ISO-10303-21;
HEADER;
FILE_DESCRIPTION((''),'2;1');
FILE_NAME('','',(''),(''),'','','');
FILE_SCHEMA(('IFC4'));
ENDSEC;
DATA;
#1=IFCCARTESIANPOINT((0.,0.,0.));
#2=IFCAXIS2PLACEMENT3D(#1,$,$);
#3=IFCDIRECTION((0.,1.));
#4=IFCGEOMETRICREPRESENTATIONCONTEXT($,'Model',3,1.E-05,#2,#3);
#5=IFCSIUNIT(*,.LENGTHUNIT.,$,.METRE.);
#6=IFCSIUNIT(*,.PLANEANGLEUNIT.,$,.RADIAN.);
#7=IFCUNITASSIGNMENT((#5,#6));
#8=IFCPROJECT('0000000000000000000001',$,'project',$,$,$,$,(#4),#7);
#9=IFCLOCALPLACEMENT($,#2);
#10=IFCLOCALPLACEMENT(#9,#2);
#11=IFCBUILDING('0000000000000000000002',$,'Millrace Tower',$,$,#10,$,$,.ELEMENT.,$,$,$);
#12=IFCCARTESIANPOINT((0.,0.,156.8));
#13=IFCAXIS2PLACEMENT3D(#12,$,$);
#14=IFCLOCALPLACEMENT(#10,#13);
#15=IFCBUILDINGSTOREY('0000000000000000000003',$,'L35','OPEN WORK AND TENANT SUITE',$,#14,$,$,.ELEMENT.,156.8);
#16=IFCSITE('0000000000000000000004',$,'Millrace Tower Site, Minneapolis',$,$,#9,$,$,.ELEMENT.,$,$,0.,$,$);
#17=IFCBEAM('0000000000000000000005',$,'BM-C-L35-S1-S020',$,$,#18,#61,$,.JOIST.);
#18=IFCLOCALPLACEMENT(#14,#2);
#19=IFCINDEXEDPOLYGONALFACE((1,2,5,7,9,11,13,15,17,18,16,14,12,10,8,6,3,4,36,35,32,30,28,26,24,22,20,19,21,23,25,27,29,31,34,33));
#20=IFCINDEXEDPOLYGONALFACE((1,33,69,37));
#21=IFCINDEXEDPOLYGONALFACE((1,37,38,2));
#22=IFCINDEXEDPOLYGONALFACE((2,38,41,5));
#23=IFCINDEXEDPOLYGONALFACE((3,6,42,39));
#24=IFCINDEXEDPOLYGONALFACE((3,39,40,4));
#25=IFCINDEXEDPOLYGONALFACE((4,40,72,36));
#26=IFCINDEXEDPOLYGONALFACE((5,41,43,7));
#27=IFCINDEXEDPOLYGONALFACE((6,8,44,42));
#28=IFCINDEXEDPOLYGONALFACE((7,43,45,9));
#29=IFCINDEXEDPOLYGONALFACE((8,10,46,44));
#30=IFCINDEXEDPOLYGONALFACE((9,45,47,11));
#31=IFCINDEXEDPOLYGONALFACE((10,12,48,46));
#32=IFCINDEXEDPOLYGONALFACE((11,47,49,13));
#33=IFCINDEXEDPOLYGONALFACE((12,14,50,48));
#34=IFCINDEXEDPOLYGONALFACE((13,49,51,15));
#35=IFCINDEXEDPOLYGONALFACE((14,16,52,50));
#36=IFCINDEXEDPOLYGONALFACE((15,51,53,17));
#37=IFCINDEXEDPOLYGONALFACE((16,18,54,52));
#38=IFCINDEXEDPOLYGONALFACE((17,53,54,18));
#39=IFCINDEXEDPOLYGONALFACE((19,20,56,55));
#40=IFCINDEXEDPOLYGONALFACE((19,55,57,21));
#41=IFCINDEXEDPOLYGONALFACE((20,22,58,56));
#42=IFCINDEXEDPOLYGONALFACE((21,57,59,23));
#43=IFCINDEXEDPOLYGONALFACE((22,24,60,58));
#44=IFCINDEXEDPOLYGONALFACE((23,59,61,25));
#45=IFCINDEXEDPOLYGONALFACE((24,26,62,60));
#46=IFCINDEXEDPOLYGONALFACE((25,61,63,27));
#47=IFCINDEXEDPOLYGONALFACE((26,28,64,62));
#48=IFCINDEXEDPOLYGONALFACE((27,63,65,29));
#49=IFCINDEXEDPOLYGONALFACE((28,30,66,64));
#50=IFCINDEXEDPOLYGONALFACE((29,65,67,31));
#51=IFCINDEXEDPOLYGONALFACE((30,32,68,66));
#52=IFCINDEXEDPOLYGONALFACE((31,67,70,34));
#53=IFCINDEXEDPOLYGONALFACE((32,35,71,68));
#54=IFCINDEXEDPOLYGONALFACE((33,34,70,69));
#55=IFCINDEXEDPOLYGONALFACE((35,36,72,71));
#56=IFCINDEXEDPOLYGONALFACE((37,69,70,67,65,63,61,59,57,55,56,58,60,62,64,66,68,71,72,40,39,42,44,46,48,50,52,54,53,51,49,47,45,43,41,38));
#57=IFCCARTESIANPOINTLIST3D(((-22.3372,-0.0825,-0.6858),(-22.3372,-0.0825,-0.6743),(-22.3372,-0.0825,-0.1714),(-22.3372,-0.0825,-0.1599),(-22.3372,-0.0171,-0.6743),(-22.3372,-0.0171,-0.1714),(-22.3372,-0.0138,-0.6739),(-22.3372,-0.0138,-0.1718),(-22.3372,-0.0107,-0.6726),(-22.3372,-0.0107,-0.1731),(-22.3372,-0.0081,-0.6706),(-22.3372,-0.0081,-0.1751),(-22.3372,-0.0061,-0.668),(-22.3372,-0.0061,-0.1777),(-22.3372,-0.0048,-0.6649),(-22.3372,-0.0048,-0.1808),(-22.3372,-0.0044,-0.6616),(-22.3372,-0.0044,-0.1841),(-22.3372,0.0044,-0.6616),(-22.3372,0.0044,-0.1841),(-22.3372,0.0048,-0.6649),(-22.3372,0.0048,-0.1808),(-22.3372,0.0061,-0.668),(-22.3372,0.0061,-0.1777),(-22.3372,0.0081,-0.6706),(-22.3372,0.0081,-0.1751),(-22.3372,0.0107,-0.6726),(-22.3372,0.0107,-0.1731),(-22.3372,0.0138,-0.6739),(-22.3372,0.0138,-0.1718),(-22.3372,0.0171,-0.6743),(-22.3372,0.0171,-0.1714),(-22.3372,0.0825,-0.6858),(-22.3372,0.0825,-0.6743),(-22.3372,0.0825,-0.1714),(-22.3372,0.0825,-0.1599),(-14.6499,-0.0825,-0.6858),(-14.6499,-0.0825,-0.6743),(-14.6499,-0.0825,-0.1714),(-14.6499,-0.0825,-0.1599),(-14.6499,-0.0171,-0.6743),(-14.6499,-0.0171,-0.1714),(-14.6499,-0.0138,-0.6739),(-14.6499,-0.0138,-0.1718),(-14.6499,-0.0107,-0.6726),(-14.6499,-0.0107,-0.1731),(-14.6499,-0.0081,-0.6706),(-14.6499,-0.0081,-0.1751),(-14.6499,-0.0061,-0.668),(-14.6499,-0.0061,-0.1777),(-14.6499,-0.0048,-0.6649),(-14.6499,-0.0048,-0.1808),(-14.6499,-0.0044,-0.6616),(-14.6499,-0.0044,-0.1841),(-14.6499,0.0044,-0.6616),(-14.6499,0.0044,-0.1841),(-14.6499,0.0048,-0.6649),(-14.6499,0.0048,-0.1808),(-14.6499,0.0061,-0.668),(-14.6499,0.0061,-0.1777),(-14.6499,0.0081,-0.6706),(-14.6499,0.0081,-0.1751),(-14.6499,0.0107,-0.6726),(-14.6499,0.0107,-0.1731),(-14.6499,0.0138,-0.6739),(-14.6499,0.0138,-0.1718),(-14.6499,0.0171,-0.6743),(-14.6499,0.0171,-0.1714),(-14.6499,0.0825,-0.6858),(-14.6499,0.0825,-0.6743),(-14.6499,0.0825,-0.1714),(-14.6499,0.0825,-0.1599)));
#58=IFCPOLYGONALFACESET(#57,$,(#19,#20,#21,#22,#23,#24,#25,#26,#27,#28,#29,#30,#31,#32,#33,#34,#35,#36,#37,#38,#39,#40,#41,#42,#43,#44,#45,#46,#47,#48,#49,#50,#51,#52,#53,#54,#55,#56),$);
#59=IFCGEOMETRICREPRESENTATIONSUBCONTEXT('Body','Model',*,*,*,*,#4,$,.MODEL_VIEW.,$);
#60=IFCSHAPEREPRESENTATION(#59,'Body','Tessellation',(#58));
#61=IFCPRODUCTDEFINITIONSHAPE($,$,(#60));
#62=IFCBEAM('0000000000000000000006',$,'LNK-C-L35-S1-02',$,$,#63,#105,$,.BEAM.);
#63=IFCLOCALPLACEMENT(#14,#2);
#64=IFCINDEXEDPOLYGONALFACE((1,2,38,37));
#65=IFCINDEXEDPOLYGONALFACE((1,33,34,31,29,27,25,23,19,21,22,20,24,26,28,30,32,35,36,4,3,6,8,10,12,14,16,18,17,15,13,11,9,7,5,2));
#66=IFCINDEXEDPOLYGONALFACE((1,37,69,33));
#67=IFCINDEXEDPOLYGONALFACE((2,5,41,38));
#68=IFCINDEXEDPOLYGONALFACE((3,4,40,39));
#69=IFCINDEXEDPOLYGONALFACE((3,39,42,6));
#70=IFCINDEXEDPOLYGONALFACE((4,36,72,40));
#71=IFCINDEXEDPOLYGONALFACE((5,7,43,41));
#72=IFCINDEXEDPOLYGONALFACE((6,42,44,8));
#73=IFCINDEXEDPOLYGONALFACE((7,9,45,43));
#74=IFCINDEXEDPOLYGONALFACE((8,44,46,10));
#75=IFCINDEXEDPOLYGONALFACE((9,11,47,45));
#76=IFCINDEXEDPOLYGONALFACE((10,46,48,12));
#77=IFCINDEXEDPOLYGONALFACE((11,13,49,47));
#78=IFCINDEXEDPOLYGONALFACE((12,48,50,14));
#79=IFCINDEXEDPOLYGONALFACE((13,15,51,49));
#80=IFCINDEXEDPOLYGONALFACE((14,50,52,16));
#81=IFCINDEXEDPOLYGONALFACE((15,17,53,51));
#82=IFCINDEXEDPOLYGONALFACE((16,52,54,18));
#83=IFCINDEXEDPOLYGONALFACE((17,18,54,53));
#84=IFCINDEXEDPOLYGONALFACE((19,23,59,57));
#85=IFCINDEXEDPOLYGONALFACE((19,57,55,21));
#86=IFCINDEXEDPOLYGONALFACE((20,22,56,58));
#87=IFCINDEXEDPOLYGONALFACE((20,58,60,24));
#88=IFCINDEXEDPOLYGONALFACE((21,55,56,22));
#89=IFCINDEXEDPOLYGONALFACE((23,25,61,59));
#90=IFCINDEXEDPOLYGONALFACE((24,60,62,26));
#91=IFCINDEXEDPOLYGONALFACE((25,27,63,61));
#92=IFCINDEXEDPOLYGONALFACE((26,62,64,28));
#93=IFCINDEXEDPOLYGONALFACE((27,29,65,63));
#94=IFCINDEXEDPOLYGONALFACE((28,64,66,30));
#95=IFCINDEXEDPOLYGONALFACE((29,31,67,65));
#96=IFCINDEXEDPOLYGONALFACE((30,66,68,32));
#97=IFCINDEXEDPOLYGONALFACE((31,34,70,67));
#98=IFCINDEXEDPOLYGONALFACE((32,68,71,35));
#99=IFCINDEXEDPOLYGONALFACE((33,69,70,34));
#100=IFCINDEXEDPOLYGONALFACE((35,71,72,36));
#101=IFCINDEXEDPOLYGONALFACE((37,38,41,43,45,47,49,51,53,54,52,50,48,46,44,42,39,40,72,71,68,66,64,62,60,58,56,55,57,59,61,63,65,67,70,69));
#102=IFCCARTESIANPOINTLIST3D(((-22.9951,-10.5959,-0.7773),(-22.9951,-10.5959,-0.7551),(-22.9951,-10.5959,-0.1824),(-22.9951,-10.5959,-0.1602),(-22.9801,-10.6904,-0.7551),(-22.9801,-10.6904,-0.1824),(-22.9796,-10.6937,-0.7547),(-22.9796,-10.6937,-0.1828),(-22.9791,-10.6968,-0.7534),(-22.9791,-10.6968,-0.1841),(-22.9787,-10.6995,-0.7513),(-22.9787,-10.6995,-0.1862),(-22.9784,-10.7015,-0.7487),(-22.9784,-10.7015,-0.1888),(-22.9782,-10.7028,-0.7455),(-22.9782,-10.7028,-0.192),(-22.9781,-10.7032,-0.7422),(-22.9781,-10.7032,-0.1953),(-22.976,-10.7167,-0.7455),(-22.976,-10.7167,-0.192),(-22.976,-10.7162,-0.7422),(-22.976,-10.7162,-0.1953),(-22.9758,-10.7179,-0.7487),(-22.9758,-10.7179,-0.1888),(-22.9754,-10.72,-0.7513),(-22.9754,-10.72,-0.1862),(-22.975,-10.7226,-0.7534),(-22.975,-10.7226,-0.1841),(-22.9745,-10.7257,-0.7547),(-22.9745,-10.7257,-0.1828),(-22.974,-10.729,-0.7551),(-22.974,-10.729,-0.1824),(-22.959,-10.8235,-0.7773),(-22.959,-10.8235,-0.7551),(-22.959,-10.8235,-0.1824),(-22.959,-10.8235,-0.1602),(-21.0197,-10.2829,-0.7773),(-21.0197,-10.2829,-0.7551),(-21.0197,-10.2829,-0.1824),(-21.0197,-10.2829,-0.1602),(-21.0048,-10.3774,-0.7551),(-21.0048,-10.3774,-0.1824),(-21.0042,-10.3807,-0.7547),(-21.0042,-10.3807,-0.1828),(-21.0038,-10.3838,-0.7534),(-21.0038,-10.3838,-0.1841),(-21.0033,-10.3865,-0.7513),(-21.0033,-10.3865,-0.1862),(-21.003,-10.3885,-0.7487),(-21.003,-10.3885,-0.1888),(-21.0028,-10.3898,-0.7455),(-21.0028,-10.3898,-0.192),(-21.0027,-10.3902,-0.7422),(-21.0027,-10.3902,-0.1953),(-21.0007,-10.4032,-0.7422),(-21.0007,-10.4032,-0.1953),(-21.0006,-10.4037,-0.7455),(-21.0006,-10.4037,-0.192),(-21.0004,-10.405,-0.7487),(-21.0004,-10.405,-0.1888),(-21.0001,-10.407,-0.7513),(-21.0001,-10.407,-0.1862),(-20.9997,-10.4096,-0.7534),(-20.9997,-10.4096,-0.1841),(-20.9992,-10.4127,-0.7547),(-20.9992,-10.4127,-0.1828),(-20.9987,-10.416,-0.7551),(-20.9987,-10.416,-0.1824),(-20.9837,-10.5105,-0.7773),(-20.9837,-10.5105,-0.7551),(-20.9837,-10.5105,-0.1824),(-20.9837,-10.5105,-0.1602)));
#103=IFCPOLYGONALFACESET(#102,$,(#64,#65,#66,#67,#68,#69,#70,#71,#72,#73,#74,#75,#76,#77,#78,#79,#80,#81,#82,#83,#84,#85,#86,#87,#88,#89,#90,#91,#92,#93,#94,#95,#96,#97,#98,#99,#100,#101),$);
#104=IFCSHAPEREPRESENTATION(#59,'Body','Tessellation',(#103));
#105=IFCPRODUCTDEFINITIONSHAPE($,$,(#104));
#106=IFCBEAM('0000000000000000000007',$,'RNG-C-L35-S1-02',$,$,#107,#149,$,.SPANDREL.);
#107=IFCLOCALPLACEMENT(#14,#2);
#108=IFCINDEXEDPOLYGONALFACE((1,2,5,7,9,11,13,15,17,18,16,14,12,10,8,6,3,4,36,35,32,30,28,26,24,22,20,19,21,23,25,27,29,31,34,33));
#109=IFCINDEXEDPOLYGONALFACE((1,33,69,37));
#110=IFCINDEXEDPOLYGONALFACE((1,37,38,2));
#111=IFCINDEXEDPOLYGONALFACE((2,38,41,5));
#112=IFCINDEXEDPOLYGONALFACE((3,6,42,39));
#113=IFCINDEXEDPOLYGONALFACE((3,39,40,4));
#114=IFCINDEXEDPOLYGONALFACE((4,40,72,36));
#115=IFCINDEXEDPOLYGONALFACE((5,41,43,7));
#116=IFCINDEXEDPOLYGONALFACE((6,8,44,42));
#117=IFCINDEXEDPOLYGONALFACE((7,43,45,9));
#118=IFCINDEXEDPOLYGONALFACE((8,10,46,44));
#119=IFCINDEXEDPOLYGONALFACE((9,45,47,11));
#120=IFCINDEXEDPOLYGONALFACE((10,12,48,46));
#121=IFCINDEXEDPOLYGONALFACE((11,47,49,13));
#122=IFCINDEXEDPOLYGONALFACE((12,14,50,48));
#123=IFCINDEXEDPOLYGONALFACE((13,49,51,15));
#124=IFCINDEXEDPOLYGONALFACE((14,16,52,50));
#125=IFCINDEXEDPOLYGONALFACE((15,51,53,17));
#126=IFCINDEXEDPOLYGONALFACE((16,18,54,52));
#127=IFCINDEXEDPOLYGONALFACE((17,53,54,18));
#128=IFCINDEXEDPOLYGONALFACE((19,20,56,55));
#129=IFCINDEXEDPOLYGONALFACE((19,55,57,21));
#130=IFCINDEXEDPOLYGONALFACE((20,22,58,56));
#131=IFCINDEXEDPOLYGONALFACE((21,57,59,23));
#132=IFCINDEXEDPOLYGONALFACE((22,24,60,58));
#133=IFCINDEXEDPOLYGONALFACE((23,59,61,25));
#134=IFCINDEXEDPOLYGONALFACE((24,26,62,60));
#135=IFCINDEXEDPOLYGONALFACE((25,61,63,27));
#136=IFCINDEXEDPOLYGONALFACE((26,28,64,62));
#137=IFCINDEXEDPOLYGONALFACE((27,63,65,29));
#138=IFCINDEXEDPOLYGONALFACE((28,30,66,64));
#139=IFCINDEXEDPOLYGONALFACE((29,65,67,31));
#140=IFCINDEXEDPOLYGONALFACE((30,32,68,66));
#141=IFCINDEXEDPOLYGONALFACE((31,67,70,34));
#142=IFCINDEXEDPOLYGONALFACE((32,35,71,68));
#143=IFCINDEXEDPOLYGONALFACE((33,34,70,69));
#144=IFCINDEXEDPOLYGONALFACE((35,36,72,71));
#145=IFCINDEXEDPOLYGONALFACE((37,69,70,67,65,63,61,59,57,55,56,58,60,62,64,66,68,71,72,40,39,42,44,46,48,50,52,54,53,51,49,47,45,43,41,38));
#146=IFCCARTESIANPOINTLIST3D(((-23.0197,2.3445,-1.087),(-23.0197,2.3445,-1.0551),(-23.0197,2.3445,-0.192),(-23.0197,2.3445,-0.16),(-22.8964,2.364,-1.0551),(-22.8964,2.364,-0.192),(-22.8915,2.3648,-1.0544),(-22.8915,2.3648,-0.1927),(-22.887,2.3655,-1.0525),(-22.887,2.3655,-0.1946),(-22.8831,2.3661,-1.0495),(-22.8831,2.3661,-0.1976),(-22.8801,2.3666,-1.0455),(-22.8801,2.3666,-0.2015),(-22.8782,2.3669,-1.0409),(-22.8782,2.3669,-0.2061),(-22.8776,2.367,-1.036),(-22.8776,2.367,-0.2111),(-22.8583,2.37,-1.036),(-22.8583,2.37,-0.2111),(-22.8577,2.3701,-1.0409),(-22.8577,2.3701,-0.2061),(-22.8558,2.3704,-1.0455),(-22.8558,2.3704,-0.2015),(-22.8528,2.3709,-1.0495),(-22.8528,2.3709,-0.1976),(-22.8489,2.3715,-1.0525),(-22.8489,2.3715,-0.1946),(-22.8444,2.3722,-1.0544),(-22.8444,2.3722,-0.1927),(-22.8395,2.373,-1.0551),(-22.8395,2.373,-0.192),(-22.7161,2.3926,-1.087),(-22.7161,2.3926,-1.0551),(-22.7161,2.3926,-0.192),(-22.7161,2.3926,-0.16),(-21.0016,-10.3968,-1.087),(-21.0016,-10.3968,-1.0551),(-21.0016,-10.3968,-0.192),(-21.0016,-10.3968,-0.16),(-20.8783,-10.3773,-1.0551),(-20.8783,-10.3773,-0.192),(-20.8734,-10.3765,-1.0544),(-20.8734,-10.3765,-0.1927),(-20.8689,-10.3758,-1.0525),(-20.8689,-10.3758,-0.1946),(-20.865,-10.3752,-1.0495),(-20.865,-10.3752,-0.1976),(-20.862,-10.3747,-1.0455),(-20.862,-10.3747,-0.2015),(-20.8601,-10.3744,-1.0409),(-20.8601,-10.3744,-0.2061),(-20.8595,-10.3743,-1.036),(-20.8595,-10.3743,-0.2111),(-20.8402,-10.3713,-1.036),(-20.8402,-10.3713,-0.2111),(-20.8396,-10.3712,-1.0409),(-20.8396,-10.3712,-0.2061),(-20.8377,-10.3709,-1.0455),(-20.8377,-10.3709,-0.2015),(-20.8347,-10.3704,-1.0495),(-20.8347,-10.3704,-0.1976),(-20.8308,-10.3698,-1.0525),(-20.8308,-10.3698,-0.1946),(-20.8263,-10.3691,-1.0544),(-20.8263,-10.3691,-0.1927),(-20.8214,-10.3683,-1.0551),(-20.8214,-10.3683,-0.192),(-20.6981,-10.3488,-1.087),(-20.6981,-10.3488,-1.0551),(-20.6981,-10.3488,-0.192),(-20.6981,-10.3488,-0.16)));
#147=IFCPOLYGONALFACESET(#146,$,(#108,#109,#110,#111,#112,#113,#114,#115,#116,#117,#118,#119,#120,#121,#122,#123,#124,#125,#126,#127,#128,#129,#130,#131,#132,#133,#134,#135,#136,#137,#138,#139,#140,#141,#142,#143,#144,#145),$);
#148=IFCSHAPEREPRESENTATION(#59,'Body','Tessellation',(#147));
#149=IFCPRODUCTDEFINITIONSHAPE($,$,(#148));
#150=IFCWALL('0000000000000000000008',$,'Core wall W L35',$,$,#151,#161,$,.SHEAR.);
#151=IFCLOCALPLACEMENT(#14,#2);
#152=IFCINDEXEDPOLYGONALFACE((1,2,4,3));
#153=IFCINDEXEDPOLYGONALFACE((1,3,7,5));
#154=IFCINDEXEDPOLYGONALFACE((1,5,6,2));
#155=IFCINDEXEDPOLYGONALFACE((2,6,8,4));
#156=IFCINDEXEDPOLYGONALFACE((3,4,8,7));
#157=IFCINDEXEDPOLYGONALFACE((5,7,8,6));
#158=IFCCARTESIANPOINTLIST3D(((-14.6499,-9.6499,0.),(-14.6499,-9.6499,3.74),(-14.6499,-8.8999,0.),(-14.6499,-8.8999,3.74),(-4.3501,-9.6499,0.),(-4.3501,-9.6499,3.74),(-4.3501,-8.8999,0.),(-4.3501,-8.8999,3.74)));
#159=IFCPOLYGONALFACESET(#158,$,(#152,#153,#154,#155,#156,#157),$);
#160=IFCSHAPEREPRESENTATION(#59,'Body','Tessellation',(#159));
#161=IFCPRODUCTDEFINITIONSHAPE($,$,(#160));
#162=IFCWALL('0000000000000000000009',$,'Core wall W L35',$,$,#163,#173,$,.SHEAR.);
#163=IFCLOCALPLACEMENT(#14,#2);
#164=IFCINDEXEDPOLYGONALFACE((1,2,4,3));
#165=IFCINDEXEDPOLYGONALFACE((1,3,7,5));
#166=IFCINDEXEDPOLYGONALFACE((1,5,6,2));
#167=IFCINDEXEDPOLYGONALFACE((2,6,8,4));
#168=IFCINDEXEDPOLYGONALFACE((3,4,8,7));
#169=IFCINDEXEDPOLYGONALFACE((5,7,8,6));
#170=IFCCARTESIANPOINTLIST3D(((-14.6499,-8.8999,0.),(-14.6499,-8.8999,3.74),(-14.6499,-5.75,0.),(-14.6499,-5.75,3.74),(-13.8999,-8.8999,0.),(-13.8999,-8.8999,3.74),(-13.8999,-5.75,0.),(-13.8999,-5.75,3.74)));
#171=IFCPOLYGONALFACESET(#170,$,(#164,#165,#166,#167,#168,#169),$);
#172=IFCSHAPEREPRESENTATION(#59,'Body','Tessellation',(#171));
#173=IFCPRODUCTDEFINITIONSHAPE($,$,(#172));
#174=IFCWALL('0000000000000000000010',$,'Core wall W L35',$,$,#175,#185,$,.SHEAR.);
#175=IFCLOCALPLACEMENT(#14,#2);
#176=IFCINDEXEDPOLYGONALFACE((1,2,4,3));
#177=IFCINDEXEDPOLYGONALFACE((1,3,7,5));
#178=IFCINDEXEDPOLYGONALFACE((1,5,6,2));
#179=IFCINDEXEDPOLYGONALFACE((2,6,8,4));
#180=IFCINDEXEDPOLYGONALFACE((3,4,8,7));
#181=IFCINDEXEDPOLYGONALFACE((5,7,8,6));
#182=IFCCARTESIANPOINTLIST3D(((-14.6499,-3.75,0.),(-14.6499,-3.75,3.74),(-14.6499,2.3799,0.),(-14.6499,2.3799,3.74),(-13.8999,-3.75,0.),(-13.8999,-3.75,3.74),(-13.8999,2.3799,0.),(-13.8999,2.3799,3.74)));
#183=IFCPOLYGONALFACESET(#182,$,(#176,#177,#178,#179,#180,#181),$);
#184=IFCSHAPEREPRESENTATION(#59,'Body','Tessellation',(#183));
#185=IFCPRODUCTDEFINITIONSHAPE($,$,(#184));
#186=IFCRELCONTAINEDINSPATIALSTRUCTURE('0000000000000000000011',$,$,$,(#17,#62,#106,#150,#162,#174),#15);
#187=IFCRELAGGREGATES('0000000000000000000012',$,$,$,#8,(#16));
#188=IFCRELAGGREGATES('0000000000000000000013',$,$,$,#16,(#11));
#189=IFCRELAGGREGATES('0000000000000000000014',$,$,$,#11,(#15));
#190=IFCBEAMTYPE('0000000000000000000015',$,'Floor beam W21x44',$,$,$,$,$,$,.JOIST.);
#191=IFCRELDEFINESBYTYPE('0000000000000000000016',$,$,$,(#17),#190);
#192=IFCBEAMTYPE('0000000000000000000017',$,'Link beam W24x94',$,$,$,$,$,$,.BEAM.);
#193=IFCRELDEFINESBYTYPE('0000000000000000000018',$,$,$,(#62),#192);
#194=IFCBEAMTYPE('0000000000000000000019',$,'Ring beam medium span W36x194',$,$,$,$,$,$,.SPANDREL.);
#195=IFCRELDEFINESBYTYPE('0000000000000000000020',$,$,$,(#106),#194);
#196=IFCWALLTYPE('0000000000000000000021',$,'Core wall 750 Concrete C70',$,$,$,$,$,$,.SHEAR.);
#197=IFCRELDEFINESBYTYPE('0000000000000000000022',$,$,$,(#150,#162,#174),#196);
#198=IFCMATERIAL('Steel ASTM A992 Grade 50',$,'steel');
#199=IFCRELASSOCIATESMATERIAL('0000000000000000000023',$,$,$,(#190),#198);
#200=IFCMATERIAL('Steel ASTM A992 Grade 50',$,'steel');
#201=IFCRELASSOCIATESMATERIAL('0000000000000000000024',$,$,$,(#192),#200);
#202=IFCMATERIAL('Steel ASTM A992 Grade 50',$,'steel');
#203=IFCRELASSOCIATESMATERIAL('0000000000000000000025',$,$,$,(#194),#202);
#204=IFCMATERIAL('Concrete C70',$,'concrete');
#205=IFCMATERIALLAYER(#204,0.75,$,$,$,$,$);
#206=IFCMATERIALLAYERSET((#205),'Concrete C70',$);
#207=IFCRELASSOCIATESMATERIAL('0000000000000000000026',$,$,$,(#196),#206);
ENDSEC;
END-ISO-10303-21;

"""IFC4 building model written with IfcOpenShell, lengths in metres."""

from ifc_helpers import new_model, si_unit, direction, frame, frame_2d, origin, origin_2d, place, context, subcontext, project, spatial, rectangle, i_section, extrude, material, layer, layer_set, material_profile, profile_set, type_object, element, save


model = new_model("IFC4")

# Units and contexts
model_context = context("Model", 3, precision=1e-05, world=origin(), true_north=direction((0.0, 1.0)))
body_context = subcontext(model_context, "Body", "Model", "MODEL_VIEW")
ifc_project = project(units=[si_unit("LENGTHUNIT", "METRE"), si_unit("PLANEANGLEUNIT", "RADIAN")], contexts=[model_context])

# Site, building, storey
site_placement = place(None, origin())
site = spatial("IfcSite", under=ifc_project, at=site_placement, Name="Millrace Tower Site, Minneapolis", CompositionType="ELEMENT", RefElevation=0.0)
building_placement = place(site_placement, origin())
building = spatial("IfcBuilding", under=site, at=building_placement, Name="Millrace Tower", CompositionType="ELEMENT")
storey_placement = place(building_placement, frame((0.0, 0.0, 156.8)))
storey = spatial("IfcBuildingStorey", under=building, at=storey_placement, Name="L35", Description="OPEN WORK AND TENANT SUITE", CompositionType="ELEMENT", Elevation=156.8)

# Beams
ifc_material_1 = material(Name="Steel ASTM A992 Grade 50", Category="steel")
ifc_material_profile_1 = material_profile(ifc_material_1, i_section(OverallWidth=0.165, OverallDepth=0.5259, WebThickness=0.0088, FlangeThickness=0.0115, FilletRadius=0.0127, at=origin_2d()))
ifc_profile_set_1 = profile_set([ifc_material_profile_1], Name="Steel ASTM A992 Grade 50")
beam_type_1 = type_object("IfcBeamType", Name="Floor beam W21x44", PredefinedType="JOIST", material=ifc_profile_set_1)
beam_1_placement = place(storey_placement, frame((-22.3372, 0.0, -0.4229), z_axis=(1.0, 0.0, 0.0), x_axis=(0.0, 1.0, 0.0)))
element("IfcBeam", 1, at=beam_1_placement, inside=storey, type_object=beam_type_1, Name="BM-C-L35-S1-S020", PredefinedType="JOIST", context=body_context, shape_type="SweptSolid", body=[
    extrude(i_section(OverallWidth=0.165, OverallDepth=0.5259, WebThickness=0.0088, FlangeThickness=0.0115, FilletRadius=0.0127, at=origin_2d()), origin(), (0.0, 0.0, 1.0), 7.6873),
])
ifc_material_2 = material(Name="Steel ASTM A992 Grade 50", Category="steel")
ifc_material_profile_2 = material_profile(ifc_material_2, i_section(OverallWidth=0.2305, OverallDepth=0.6172, WebThickness=0.0132, FlangeThickness=0.0222, FilletRadius=0.0129, at=origin_2d()))
ifc_profile_set_2 = profile_set([ifc_material_profile_2], Name="Steel ASTM A992 Grade 50")
beam_type_2 = type_object("IfcBeamType", Name="Link beam W24x94", PredefinedType="BEAM", material=ifc_profile_set_2)
beam_2_placement = place(storey_placement, frame((-21.0017, -10.3967, -0.4688), z_axis=(-0.987679, -0.156495, 0.0), x_axis=(0.156495, -0.987679, 0.0)))
element("IfcBeam", 2, at=beam_2_placement, inside=storey, type_object=beam_type_2, Name="LNK-C-L35-S1-02", PredefinedType="BEAM", context=body_context, shape_type="SweptSolid", body=[
    extrude(i_section(OverallWidth=0.2305, OverallDepth=0.6172, WebThickness=0.0132, FlangeThickness=0.0222, FilletRadius=0.0129, at=origin_2d()), origin(), (0.0, 0.0, 1.0), 2.0),
])
ifc_material_3 = material(Name="Steel ASTM A992 Grade 50", Category="steel")
ifc_material_profile_3 = material_profile(ifc_material_3, i_section(OverallWidth=0.3074, OverallDepth=0.927, WebThickness=0.0195, FlangeThickness=0.032, FilletRadius=0.019, at=origin_2d()))
ifc_profile_set_3 = profile_set([ifc_material_profile_3], Name="Steel ASTM A992 Grade 50")
beam_type_3 = type_object("IfcBeamType", Name="Ring beam medium span W36x194", PredefinedType="SPANDREL", material=ifc_profile_set_3)
beam_3_placement = place(storey_placement, frame((-20.8499, -10.3728, -0.6235), z_axis=(-0.156439, 0.987688, 0.0), x_axis=(-0.987688, -0.156439, 0.0)))
element("IfcBeam", 3, at=beam_3_placement, inside=storey, type_object=beam_type_3, Name="RNG-C-L35-S1-02", PredefinedType="SPANDREL", context=body_context, shape_type="SweptSolid", body=[
    extrude(i_section(OverallWidth=0.3074, OverallDepth=0.927, WebThickness=0.0195, FlangeThickness=0.032, FilletRadius=0.019, at=origin_2d()), origin(), (0.0, 0.0, 1.0), 12.9001),
])

# Walls
ifc_material_4 = material(Name="Concrete C70", Category="concrete")
ifc_layer_1 = layer(ifc_material_4, 0.75)
ifc_layer_set_1 = layer_set([ifc_layer_1], Name="Concrete C70")
wall_type_1 = type_object("IfcWallType", Name="Core wall 750 Concrete C70", PredefinedType="SHEAR", material=ifc_layer_set_1)
wall_1_placement = place(storey_placement, frame((-14.6499, -9.2749, 0.0), z_axis=(0.0, 0.0, 1.0), x_axis=(1.0, 0.0, 0.0)))
element("IfcWall", 4, at=wall_1_placement, inside=storey, type_object=wall_type_1, Name="Core wall W L35", PredefinedType="SHEAR", context=body_context, shape_type="SweptSolid", body=[
    extrude(rectangle(XDim=10.2998, YDim=0.75, at=frame_2d((5.1499, 0.0))), origin(), (0.0, 0.0, 1.0), 3.74),
])
wall_2_placement = place(storey_placement, frame((-14.2749, -8.8999, 0.0), z_axis=(0.0, 0.0, 1.0), x_axis=(0.0, 1.0, 0.0)))
element("IfcWall", 5, at=wall_2_placement, inside=storey, type_object=wall_type_1, Name="Core wall W L35", PredefinedType="SHEAR", context=body_context, shape_type="SweptSolid", body=[
    extrude(rectangle(XDim=3.1499, YDim=0.75, at=frame_2d((1.575, 0.0))), origin(), (0.0, 0.0, 1.0), 3.74),
])
wall_3_placement = place(storey_placement, frame((-14.2749, -3.75, 0.0), z_axis=(0.0, 0.0, 1.0), x_axis=(0.0, 1.0, 0.0)))
element("IfcWall", 6, at=wall_3_placement, inside=storey, type_object=wall_type_1, Name="Core wall W L35", PredefinedType="SHEAR", context=body_context, shape_type="SweptSolid", body=[
    extrude(rectangle(XDim=6.1299, YDim=0.75, at=frame_2d((3.0649, 0.0))), origin(), (0.0, 0.0, 1.0), 3.74),
])

save(model, "model.ifc")
